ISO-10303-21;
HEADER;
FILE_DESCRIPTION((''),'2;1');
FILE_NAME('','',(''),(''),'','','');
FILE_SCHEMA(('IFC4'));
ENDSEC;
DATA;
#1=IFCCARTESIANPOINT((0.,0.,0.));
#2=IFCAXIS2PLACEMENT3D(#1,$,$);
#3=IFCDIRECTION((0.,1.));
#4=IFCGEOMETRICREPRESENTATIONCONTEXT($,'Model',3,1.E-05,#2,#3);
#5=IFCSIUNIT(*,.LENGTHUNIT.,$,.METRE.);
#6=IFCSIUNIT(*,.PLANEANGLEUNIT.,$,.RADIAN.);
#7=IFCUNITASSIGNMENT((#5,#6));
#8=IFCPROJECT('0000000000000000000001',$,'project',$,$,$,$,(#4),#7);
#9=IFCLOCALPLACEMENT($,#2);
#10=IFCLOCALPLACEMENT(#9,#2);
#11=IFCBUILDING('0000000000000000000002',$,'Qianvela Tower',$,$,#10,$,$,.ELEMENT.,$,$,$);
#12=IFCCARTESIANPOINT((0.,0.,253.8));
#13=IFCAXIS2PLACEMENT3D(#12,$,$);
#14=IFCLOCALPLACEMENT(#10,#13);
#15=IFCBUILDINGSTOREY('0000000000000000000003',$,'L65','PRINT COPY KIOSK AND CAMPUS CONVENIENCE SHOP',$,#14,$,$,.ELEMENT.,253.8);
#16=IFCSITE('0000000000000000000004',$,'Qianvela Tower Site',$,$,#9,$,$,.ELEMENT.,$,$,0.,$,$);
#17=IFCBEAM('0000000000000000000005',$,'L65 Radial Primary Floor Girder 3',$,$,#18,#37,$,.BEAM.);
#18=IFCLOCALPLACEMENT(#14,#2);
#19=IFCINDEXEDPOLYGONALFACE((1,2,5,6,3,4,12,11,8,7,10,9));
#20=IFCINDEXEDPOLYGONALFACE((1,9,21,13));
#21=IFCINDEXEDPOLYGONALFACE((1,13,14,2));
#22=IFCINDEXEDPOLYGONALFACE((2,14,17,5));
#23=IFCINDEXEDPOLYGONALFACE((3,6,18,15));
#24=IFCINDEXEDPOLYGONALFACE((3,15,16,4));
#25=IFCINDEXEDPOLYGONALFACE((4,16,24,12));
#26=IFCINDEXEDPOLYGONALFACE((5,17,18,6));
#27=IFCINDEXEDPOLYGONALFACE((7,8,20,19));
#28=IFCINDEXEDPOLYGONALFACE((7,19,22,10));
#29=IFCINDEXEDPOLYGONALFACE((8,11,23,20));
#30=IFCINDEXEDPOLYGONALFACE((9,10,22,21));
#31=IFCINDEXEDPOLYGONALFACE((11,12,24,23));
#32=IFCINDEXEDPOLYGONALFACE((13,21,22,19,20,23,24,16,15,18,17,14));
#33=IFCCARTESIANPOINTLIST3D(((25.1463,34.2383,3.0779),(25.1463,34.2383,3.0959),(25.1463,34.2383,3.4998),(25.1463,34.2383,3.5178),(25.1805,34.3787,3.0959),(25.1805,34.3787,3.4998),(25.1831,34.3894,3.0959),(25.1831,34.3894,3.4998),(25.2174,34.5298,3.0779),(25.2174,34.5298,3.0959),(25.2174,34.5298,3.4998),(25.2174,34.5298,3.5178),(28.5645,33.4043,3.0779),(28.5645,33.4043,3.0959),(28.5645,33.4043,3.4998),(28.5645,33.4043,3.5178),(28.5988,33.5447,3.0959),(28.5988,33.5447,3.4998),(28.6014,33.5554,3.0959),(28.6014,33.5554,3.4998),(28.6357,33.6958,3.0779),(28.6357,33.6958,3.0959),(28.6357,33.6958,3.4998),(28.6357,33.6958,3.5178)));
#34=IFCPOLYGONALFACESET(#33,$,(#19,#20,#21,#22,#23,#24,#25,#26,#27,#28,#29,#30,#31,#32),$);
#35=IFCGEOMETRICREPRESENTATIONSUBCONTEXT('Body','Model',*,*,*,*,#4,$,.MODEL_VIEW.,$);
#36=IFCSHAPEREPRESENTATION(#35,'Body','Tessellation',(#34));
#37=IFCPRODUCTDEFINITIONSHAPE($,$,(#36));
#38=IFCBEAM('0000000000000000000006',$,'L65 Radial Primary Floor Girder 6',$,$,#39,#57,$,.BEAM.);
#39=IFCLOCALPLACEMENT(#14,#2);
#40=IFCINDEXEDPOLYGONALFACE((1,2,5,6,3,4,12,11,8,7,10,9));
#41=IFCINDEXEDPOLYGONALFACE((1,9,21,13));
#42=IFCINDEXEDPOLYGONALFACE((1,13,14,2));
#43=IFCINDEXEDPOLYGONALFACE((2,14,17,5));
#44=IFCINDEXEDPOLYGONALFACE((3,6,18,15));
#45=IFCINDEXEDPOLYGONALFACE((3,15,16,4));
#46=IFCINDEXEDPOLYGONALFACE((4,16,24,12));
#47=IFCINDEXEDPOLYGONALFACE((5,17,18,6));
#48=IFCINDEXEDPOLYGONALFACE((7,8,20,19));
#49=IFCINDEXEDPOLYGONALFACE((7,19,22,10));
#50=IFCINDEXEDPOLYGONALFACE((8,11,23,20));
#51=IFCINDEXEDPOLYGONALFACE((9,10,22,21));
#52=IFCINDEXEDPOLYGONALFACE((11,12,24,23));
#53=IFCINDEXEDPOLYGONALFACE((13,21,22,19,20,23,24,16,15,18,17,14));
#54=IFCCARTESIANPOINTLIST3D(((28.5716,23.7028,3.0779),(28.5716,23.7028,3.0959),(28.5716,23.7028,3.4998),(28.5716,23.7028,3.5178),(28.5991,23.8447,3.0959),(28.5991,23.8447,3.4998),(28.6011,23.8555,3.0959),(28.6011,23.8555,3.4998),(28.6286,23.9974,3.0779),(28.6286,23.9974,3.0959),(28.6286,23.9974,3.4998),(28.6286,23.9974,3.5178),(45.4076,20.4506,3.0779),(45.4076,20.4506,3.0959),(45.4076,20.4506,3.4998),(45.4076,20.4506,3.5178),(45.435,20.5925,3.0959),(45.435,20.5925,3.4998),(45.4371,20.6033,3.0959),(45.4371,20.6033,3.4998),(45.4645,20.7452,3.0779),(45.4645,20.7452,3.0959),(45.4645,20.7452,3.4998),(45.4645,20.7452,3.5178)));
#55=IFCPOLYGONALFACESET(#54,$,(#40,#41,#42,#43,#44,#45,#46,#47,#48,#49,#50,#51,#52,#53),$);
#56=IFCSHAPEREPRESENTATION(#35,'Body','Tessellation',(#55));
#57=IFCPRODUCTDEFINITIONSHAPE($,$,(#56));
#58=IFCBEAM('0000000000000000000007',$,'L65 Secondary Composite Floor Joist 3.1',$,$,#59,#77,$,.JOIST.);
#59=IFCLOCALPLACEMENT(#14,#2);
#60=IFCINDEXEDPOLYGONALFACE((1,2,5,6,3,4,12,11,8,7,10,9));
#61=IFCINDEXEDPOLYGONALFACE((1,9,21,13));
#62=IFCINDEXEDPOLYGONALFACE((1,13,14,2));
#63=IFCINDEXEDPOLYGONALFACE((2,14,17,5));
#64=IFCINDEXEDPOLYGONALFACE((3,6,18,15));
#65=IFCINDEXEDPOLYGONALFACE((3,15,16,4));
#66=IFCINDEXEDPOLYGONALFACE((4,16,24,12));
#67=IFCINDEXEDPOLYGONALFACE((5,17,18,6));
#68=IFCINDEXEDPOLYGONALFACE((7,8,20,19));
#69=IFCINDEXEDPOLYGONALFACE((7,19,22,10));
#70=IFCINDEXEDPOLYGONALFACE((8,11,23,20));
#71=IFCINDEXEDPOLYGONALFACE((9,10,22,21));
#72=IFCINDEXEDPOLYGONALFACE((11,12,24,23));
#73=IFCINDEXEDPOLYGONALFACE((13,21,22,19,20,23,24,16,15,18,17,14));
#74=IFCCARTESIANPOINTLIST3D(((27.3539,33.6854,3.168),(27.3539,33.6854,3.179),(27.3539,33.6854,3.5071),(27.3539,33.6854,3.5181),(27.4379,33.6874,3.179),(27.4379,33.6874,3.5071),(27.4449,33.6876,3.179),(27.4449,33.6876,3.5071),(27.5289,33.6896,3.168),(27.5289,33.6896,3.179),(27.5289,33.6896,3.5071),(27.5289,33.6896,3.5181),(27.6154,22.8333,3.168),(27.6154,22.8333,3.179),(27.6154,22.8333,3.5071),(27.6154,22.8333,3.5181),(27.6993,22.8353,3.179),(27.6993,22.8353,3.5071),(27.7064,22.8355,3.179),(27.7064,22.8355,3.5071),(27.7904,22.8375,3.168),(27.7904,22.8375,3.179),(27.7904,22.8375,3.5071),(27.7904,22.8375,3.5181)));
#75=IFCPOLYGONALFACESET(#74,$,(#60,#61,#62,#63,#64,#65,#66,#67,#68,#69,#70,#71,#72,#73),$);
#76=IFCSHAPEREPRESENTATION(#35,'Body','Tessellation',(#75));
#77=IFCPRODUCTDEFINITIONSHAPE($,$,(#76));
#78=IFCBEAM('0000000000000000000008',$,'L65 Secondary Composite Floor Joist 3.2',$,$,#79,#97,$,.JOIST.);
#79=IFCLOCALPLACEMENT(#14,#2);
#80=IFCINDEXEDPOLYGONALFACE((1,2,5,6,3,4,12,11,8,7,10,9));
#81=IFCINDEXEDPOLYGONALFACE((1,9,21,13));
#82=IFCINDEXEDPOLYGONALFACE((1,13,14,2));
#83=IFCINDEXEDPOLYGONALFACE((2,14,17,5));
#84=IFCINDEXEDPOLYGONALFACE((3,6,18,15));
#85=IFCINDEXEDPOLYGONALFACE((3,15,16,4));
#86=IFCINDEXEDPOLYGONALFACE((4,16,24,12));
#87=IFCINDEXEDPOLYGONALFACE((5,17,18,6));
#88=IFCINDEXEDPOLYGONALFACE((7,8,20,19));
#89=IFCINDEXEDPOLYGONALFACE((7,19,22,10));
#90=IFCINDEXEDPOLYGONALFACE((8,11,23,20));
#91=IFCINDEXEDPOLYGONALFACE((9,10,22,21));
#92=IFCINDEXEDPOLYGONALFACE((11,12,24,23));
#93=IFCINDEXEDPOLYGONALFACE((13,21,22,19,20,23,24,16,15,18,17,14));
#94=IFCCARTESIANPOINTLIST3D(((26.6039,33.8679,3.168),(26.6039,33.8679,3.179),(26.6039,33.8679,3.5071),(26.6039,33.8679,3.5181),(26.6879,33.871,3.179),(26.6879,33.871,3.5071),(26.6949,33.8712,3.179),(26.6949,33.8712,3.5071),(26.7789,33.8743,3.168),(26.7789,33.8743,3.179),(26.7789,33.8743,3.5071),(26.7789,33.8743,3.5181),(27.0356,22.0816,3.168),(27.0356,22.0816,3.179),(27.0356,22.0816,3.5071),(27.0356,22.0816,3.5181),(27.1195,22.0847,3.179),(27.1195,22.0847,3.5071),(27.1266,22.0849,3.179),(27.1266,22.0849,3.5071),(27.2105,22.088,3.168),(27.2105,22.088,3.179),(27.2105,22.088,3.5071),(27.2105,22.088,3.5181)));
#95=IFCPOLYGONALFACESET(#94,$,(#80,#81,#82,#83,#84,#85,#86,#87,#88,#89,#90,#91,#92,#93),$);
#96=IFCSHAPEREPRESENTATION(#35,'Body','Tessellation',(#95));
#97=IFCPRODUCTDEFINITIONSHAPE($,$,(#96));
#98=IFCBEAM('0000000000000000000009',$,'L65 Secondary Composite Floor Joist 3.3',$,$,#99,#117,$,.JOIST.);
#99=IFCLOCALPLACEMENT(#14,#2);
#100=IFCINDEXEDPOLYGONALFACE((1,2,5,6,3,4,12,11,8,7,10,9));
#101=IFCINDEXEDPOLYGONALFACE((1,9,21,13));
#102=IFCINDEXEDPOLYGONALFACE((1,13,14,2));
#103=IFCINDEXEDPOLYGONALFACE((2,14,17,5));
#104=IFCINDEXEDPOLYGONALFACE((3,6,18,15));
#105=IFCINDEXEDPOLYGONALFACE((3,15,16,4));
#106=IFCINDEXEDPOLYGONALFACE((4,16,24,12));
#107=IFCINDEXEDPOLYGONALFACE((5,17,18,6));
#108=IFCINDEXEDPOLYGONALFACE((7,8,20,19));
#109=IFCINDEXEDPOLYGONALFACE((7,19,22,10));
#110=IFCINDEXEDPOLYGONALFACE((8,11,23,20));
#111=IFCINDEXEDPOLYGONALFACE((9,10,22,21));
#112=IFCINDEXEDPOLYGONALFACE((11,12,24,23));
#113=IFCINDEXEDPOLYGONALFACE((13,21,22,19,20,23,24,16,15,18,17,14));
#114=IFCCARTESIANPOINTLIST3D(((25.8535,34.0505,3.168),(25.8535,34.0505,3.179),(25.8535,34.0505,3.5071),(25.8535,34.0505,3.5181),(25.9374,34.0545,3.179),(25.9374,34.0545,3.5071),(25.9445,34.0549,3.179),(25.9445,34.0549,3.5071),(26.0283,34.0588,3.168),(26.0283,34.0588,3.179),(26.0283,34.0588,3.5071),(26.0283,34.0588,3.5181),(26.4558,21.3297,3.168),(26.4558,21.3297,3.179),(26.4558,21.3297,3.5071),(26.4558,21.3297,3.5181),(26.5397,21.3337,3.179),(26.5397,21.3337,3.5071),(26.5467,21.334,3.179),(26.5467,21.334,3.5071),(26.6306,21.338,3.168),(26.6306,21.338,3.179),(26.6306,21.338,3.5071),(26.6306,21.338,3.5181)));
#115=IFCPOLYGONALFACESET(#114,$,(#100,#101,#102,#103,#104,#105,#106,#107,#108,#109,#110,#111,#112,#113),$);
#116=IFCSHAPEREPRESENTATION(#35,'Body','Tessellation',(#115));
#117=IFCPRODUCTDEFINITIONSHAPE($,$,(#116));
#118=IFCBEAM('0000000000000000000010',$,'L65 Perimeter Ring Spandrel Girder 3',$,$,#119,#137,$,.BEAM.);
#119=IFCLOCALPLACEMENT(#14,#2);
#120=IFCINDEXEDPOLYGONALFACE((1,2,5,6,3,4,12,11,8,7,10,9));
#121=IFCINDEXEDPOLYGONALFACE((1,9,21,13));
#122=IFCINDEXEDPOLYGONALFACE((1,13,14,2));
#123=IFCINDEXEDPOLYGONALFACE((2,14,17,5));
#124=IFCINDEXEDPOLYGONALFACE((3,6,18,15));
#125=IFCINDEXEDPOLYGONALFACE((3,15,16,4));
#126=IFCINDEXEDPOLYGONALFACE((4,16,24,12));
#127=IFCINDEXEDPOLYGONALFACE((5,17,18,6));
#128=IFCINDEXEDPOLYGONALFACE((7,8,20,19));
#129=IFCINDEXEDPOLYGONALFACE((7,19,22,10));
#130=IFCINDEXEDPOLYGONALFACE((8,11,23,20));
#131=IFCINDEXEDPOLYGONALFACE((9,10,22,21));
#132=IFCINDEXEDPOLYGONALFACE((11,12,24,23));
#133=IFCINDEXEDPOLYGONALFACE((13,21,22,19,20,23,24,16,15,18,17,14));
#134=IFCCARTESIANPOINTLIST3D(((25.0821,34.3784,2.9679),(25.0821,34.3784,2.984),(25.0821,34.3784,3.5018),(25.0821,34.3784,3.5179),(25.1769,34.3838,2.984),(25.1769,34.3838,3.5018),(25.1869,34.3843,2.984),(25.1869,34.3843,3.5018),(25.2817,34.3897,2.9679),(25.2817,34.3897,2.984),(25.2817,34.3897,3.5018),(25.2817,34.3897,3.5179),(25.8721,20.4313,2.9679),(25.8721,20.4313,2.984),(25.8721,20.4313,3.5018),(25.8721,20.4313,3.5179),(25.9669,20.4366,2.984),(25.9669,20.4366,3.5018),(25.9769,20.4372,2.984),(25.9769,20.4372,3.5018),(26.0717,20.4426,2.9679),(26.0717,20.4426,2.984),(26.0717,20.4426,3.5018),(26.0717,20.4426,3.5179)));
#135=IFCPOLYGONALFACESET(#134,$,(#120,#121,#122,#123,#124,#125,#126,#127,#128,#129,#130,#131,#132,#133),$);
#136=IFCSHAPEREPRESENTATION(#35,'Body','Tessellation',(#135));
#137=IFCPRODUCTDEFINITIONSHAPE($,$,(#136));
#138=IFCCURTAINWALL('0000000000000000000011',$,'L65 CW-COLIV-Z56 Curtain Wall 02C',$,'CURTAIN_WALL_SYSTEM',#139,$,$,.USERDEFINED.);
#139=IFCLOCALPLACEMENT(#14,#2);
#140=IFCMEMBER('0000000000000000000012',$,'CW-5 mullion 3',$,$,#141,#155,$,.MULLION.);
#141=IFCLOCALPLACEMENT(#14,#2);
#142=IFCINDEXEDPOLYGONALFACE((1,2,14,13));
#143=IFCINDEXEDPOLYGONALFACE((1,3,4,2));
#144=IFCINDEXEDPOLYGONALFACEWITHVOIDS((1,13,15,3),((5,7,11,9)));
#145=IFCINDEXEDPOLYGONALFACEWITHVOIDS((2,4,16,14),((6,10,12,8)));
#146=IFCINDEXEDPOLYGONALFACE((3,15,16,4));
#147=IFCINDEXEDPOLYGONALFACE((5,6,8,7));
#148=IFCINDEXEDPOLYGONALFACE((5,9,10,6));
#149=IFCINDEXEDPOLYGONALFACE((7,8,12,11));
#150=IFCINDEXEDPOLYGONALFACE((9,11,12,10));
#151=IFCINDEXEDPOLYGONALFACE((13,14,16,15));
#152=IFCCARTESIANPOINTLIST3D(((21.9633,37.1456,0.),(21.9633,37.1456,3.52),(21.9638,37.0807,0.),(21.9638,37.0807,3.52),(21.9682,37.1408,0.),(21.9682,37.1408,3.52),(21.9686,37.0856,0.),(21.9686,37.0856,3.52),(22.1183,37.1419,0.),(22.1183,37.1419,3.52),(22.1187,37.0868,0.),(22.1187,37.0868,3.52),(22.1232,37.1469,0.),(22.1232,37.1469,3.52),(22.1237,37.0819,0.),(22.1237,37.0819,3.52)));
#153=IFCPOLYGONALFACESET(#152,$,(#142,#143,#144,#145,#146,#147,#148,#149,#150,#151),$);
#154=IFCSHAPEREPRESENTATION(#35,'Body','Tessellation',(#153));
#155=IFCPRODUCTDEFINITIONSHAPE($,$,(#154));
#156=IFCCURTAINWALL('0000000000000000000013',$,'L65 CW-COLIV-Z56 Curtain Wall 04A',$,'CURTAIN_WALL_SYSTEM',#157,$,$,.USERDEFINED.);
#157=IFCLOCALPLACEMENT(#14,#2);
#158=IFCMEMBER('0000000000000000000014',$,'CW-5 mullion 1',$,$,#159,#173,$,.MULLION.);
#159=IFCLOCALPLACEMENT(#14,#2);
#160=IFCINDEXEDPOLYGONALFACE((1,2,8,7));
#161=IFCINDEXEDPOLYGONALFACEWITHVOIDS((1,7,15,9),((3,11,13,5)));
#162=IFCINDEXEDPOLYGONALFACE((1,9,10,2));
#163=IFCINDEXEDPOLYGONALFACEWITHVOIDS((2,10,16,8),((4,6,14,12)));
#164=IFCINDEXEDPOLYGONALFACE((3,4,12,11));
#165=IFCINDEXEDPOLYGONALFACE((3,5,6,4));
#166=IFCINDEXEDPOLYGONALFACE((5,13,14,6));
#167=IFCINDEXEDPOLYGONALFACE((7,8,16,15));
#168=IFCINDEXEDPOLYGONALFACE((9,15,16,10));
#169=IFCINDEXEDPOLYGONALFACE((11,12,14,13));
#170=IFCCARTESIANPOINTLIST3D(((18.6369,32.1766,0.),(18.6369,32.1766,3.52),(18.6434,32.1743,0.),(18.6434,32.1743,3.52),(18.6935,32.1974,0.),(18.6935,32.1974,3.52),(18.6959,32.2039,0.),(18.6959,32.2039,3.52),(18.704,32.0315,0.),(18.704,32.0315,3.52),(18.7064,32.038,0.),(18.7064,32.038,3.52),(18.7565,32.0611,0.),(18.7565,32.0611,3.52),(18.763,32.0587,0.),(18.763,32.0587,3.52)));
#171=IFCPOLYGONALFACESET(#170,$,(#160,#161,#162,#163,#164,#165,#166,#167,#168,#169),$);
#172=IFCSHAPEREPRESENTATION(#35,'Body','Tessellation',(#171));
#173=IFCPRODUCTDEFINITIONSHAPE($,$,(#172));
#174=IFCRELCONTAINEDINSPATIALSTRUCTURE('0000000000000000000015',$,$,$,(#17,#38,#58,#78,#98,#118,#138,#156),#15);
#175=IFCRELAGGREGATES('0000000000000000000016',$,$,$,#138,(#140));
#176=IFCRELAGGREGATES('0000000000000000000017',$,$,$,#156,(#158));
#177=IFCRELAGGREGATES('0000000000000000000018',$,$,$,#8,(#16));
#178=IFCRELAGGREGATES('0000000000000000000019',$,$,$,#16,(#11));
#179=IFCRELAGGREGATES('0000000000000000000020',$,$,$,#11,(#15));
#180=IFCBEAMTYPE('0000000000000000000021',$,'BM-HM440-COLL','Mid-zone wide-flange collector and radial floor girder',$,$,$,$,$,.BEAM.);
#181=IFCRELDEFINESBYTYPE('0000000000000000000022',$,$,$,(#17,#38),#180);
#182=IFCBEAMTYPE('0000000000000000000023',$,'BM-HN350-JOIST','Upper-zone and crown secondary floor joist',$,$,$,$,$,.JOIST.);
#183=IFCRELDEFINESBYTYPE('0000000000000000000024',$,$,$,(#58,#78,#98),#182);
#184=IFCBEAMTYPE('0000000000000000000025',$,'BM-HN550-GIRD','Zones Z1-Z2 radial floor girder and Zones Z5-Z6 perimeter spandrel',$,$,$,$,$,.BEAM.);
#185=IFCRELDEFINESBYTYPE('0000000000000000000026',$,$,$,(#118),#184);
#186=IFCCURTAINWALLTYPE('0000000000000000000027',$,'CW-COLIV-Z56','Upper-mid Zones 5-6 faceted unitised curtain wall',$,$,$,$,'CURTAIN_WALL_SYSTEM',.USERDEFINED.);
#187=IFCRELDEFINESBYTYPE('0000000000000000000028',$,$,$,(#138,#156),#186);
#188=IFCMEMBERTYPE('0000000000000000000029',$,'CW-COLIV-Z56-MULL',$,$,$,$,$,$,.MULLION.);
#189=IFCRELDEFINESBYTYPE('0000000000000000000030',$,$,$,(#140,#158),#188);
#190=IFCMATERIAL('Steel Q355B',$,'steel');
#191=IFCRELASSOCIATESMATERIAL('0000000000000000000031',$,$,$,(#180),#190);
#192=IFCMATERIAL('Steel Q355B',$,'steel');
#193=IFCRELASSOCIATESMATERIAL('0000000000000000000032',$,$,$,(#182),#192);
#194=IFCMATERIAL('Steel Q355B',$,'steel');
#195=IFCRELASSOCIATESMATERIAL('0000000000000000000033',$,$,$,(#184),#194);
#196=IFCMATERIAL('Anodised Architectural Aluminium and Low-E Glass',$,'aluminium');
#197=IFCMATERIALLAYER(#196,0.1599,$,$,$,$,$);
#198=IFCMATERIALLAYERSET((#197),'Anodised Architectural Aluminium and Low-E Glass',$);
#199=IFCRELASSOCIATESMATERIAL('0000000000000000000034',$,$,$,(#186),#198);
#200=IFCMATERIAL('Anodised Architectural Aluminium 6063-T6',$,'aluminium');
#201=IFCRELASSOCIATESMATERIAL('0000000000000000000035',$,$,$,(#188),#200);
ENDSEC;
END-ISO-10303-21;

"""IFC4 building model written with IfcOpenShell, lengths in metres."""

from ifc_helpers import new_model, si_unit, direction, frame, origin, origin_2d, place, context, subcontext, project, spatial, hollow_rectangle, i_section, extrude, material, layer, layer_set, material_profile, profile_set, type_object, element, aggregate, save


model = new_model("IFC4")

# Units and contexts
model_context = context("Model", 3, precision=1e-05, world=origin(), true_north=direction((0.0, 1.0)))
body_context = subcontext(model_context, "Body", "Model", "MODEL_VIEW")
ifc_project = project(units=[si_unit("LENGTHUNIT", "METRE"), si_unit("PLANEANGLEUNIT", "RADIAN")], contexts=[model_context])

# Site, building, storey
site_placement = place(None, origin())
site = spatial("IfcSite", under=ifc_project, at=site_placement, Name="Qianvela Tower Site", CompositionType="ELEMENT", RefElevation=0.0)
building_placement = place(site_placement, origin())
building = spatial("IfcBuilding", under=site, at=building_placement, Name="Qianvela Tower", CompositionType="ELEMENT")
storey_placement = place(building_placement, frame((0.0, 0.0, 253.8)))
storey = spatial("IfcBuildingStorey", under=building, at=storey_placement, Name="L65", Description="PRINT COPY KIOSK AND CAMPUS CONVENIENCE SHOP", CompositionType="ELEMENT", Elevation=253.8)

# Beams
ifc_material_1 = material(Name="Steel Q355B", Category="steel")
ifc_material_profile_1 = material_profile(ifc_material_1, i_section(OverallWidth=0.3, OverallDepth=0.4399, WebThickness=0.011, FlangeThickness=0.0181, at=origin_2d()), Name="HM440x300x11x18")
ifc_profile_set_1 = profile_set([ifc_material_profile_1], Name="Steel Q355B")
beam_type_1 = type_object("IfcBeamType", Name="BM-HM440-COLL", Description="Mid-zone wide-flange collector and radial floor girder", PredefinedType="BEAM", material=ifc_profile_set_1)
beam_1_placement = place(storey_placement, frame((28.6001, 33.55, 3.2979), z_axis=(-0.971502, 0.23703, 0.0), x_axis=(-0.23703, -0.971502, 0.0)))
element("IfcBeam", 1, at=beam_1_placement, inside=storey, type_object=beam_type_1, Name="L65 Radial Primary Floor Girder 3", PredefinedType="BEAM", context=body_context, shape_type="SweptSolid", body=[
    extrude(i_section(OverallWidth=0.3, OverallDepth=0.4399, WebThickness=0.011, FlangeThickness=0.0181, at=origin_2d()), origin(), (0.0, 0.0, 1.0), 3.5186),
])
beam_2_placement = place(storey_placement, frame((28.6001, 23.8501, 3.2979), z_axis=(0.981849, -0.189664, 0.0), x_axis=(0.189664, 0.981849, 0.0)))
element("IfcBeam", 2, at=beam_2_placement, inside=storey, type_object=beam_type_1, Name="L65 Radial Primary Floor Girder 6", PredefinedType="BEAM", context=body_context, shape_type="SweptSolid", body=[
    extrude(i_section(OverallWidth=0.3, OverallDepth=0.4399, WebThickness=0.011, FlangeThickness=0.0181, at=origin_2d()), origin(), (0.0, 0.0, 1.0), 17.1472),
])
ifc_material_2 = material(Name="Steel Q355B", Category="steel")
ifc_material_profile_2 = material_profile(ifc_material_2, i_section(OverallWidth=0.175, OverallDepth=0.3501, WebThickness=0.0071, FlangeThickness=0.011, at=origin_2d()), Name="HN350x175x7x11")
ifc_profile_set_2 = profile_set([ifc_material_profile_2], Name="Steel Q355B")
beam_type_2 = type_object("IfcBeamType", Name="BM-HN350-JOIST", Description="Upper-zone and crown secondary floor joist", PredefinedType="JOIST", material=ifc_profile_set_2)
beam_3_placement = place(storey_placement, frame((27.4414, 33.6875, 3.343), z_axis=(0.024087, -0.99971, 0.0), x_axis=(0.99971, 0.024087, 0.0)))
element("IfcBeam", 3, at=beam_3_placement, inside=storey, type_object=beam_type_2, Name="L65 Secondary Composite Floor Joist 3.1", PredefinedType="JOIST", context=body_context, shape_type="SweptSolid", body=[
    extrude(i_section(OverallWidth=0.175, OverallDepth=0.3501, WebThickness=0.0071, FlangeThickness=0.011, at=origin_2d()), origin(), (0.0, 0.0, 1.0), 10.8552),
])
beam_4_placement = place(storey_placement, frame((26.6914, 33.8711, 3.343), z_axis=(0.036597, -0.99933, 0.0), x_axis=(0.99933, 0.036597, 0.0)))
element("IfcBeam", 4, at=beam_4_placement, inside=storey, type_object=beam_type_2, Name="L65 Secondary Composite Floor Joist 3.2", PredefinedType="JOIST", context=body_context, shape_type="SweptSolid", body=[
    extrude(i_section(OverallWidth=0.175, OverallDepth=0.3501, WebThickness=0.0071, FlangeThickness=0.011, at=origin_2d()), origin(), (0.0, 0.0, 1.0), 11.7942),
])
beam_5_placement = place(storey_placement, frame((25.9409, 34.0547, 3.343), z_axis=(0.047294, -0.998881, 0.0), x_axis=(0.998881, 0.047294, 0.0)))
element("IfcBeam", 5, at=beam_5_placement, inside=storey, type_object=beam_type_2, Name="L65 Secondary Composite Floor Joist 3.3", PredefinedType="JOIST", context=body_context, shape_type="SweptSolid", body=[
    extrude(i_section(OverallWidth=0.175, OverallDepth=0.3501, WebThickness=0.0071, FlangeThickness=0.011, at=origin_2d()), origin(), (0.0, 0.0, 1.0), 12.7351),
])
ifc_material_3 = material(Name="Steel Q355B", Category="steel")
ifc_material_profile_3 = material_profile(ifc_material_3, i_section(OverallWidth=0.2, OverallDepth=0.55, WebThickness=0.01, FlangeThickness=0.0161, at=origin_2d()), Name="HN550x200x10x16")
ifc_profile_set_3 = profile_set([ifc_material_profile_3], Name="Steel Q355B")
beam_type_3 = type_object("IfcBeamType", Name="BM-HN550-GIRD", Description="Zones Z1-Z2 radial floor girder and Zones Z5-Z6 perimeter spandrel", PredefinedType="BEAM", material=ifc_profile_set_3)
beam_6_placement = place(storey_placement, frame((25.1819, 34.384, 3.2429), z_axis=(0.056555, -0.998399, 0.0), x_axis=(0.998399, 0.056555, 0.0)))
element("IfcBeam", 6, at=beam_6_placement, inside=storey, type_object=beam_type_3, Name="L65 Perimeter Ring Spandrel Girder 3", PredefinedType="BEAM", context=body_context, shape_type="SweptSolid", body=[
    extrude(i_section(OverallWidth=0.2, OverallDepth=0.55, WebThickness=0.01, FlangeThickness=0.0161, at=origin_2d()), origin(), (0.0, 0.0, 1.0), 13.9695),
])

# Curtain walls, members
ifc_material_4 = material(Name="Anodised Architectural Aluminium and Low-E Glass", Category="aluminium")
ifc_layer_1 = layer(ifc_material_4, 0.1599)
ifc_layer_set_1 = layer_set([ifc_layer_1], Name="Anodised Architectural Aluminium and Low-E Glass")
curtain_wall_type = type_object("IfcCurtainWallType", Name="CW-COLIV-Z56", Description="Upper-mid Zones 5-6 faceted unitised curtain wall", ElementType="CURTAIN_WALL_SYSTEM", PredefinedType="USERDEFINED", material=ifc_layer_set_1)
curtain_wall_1_placement = place(storey_placement, origin())
curtain_wall_1 = element("IfcCurtainWall", 7, at=curtain_wall_1_placement, inside=storey, type_object=curtain_wall_type, Name="L65 CW-COLIV-Z56 Curtain Wall 02C", ObjectType="CURTAIN_WALL_SYSTEM", PredefinedType="USERDEFINED")
ifc_material_5 = material(Name="Anodised Architectural Aluminium 6063-T6", Category="aluminium")
ifc_material_profile_4 = material_profile(ifc_material_5, hollow_rectangle(XDim=0.0649, YDim=0.1599, WallThickness=0.0049, at=origin_2d()), Name="ALU-MULL-65x160")
ifc_profile_set_4 = profile_set([ifc_material_profile_4], Name="Anodised Architectural Aluminium 6063-T6")
member_type_1 = type_object("IfcMemberType", Name="CW-COLIV-Z56-MULL", PredefinedType="MULLION", material=ifc_profile_set_4)
member_1_placement = place(storey_placement, frame((22.0435, 37.1138, 0.0), z_axis=(0.0, 0.0, 1.0), x_axis=(0.007804, -0.99997, 0.0)))
member_1 = element("IfcMember", 8, at=member_1_placement, type_object=member_type_1, Name="CW-5 mullion 3", PredefinedType="MULLION", context=body_context, shape_type="SweptSolid", body=[
    extrude(hollow_rectangle(XDim=0.0649, YDim=0.1599, WallThickness=0.0049, at=origin_2d()), origin(), (0.0, 0.0, 1.0), 3.52),
])
curtain_wall_2_placement = place(storey_placement, origin())
curtain_wall_2 = element("IfcCurtainWall", 9, at=curtain_wall_2_placement, inside=storey, type_object=curtain_wall_type, Name="L65 CW-COLIV-Z56 Curtain Wall 04A", ObjectType="CURTAIN_WALL_SYSTEM", PredefinedType="USERDEFINED")
member_2_placement = place(storey_placement, frame((18.7, 32.1177, 0.0), z_axis=(0.0, 0.0, 1.0), x_axis=(0.907779, 0.419449, 0.0)))
member_2 = element("IfcMember", 10, at=member_2_placement, type_object=member_type_1, Name="CW-5 mullion 1", PredefinedType="MULLION", context=body_context, shape_type="SweptSolid", body=[
    extrude(hollow_rectangle(XDim=0.0649, YDim=0.1599, WallThickness=0.0049, at=origin_2d()), origin(), (0.0, 0.0, 1.0), 3.52),
])

aggregate(curtain_wall_1, [member_1])
aggregate(curtain_wall_2, [member_2])

save(model, "model.ifc")
